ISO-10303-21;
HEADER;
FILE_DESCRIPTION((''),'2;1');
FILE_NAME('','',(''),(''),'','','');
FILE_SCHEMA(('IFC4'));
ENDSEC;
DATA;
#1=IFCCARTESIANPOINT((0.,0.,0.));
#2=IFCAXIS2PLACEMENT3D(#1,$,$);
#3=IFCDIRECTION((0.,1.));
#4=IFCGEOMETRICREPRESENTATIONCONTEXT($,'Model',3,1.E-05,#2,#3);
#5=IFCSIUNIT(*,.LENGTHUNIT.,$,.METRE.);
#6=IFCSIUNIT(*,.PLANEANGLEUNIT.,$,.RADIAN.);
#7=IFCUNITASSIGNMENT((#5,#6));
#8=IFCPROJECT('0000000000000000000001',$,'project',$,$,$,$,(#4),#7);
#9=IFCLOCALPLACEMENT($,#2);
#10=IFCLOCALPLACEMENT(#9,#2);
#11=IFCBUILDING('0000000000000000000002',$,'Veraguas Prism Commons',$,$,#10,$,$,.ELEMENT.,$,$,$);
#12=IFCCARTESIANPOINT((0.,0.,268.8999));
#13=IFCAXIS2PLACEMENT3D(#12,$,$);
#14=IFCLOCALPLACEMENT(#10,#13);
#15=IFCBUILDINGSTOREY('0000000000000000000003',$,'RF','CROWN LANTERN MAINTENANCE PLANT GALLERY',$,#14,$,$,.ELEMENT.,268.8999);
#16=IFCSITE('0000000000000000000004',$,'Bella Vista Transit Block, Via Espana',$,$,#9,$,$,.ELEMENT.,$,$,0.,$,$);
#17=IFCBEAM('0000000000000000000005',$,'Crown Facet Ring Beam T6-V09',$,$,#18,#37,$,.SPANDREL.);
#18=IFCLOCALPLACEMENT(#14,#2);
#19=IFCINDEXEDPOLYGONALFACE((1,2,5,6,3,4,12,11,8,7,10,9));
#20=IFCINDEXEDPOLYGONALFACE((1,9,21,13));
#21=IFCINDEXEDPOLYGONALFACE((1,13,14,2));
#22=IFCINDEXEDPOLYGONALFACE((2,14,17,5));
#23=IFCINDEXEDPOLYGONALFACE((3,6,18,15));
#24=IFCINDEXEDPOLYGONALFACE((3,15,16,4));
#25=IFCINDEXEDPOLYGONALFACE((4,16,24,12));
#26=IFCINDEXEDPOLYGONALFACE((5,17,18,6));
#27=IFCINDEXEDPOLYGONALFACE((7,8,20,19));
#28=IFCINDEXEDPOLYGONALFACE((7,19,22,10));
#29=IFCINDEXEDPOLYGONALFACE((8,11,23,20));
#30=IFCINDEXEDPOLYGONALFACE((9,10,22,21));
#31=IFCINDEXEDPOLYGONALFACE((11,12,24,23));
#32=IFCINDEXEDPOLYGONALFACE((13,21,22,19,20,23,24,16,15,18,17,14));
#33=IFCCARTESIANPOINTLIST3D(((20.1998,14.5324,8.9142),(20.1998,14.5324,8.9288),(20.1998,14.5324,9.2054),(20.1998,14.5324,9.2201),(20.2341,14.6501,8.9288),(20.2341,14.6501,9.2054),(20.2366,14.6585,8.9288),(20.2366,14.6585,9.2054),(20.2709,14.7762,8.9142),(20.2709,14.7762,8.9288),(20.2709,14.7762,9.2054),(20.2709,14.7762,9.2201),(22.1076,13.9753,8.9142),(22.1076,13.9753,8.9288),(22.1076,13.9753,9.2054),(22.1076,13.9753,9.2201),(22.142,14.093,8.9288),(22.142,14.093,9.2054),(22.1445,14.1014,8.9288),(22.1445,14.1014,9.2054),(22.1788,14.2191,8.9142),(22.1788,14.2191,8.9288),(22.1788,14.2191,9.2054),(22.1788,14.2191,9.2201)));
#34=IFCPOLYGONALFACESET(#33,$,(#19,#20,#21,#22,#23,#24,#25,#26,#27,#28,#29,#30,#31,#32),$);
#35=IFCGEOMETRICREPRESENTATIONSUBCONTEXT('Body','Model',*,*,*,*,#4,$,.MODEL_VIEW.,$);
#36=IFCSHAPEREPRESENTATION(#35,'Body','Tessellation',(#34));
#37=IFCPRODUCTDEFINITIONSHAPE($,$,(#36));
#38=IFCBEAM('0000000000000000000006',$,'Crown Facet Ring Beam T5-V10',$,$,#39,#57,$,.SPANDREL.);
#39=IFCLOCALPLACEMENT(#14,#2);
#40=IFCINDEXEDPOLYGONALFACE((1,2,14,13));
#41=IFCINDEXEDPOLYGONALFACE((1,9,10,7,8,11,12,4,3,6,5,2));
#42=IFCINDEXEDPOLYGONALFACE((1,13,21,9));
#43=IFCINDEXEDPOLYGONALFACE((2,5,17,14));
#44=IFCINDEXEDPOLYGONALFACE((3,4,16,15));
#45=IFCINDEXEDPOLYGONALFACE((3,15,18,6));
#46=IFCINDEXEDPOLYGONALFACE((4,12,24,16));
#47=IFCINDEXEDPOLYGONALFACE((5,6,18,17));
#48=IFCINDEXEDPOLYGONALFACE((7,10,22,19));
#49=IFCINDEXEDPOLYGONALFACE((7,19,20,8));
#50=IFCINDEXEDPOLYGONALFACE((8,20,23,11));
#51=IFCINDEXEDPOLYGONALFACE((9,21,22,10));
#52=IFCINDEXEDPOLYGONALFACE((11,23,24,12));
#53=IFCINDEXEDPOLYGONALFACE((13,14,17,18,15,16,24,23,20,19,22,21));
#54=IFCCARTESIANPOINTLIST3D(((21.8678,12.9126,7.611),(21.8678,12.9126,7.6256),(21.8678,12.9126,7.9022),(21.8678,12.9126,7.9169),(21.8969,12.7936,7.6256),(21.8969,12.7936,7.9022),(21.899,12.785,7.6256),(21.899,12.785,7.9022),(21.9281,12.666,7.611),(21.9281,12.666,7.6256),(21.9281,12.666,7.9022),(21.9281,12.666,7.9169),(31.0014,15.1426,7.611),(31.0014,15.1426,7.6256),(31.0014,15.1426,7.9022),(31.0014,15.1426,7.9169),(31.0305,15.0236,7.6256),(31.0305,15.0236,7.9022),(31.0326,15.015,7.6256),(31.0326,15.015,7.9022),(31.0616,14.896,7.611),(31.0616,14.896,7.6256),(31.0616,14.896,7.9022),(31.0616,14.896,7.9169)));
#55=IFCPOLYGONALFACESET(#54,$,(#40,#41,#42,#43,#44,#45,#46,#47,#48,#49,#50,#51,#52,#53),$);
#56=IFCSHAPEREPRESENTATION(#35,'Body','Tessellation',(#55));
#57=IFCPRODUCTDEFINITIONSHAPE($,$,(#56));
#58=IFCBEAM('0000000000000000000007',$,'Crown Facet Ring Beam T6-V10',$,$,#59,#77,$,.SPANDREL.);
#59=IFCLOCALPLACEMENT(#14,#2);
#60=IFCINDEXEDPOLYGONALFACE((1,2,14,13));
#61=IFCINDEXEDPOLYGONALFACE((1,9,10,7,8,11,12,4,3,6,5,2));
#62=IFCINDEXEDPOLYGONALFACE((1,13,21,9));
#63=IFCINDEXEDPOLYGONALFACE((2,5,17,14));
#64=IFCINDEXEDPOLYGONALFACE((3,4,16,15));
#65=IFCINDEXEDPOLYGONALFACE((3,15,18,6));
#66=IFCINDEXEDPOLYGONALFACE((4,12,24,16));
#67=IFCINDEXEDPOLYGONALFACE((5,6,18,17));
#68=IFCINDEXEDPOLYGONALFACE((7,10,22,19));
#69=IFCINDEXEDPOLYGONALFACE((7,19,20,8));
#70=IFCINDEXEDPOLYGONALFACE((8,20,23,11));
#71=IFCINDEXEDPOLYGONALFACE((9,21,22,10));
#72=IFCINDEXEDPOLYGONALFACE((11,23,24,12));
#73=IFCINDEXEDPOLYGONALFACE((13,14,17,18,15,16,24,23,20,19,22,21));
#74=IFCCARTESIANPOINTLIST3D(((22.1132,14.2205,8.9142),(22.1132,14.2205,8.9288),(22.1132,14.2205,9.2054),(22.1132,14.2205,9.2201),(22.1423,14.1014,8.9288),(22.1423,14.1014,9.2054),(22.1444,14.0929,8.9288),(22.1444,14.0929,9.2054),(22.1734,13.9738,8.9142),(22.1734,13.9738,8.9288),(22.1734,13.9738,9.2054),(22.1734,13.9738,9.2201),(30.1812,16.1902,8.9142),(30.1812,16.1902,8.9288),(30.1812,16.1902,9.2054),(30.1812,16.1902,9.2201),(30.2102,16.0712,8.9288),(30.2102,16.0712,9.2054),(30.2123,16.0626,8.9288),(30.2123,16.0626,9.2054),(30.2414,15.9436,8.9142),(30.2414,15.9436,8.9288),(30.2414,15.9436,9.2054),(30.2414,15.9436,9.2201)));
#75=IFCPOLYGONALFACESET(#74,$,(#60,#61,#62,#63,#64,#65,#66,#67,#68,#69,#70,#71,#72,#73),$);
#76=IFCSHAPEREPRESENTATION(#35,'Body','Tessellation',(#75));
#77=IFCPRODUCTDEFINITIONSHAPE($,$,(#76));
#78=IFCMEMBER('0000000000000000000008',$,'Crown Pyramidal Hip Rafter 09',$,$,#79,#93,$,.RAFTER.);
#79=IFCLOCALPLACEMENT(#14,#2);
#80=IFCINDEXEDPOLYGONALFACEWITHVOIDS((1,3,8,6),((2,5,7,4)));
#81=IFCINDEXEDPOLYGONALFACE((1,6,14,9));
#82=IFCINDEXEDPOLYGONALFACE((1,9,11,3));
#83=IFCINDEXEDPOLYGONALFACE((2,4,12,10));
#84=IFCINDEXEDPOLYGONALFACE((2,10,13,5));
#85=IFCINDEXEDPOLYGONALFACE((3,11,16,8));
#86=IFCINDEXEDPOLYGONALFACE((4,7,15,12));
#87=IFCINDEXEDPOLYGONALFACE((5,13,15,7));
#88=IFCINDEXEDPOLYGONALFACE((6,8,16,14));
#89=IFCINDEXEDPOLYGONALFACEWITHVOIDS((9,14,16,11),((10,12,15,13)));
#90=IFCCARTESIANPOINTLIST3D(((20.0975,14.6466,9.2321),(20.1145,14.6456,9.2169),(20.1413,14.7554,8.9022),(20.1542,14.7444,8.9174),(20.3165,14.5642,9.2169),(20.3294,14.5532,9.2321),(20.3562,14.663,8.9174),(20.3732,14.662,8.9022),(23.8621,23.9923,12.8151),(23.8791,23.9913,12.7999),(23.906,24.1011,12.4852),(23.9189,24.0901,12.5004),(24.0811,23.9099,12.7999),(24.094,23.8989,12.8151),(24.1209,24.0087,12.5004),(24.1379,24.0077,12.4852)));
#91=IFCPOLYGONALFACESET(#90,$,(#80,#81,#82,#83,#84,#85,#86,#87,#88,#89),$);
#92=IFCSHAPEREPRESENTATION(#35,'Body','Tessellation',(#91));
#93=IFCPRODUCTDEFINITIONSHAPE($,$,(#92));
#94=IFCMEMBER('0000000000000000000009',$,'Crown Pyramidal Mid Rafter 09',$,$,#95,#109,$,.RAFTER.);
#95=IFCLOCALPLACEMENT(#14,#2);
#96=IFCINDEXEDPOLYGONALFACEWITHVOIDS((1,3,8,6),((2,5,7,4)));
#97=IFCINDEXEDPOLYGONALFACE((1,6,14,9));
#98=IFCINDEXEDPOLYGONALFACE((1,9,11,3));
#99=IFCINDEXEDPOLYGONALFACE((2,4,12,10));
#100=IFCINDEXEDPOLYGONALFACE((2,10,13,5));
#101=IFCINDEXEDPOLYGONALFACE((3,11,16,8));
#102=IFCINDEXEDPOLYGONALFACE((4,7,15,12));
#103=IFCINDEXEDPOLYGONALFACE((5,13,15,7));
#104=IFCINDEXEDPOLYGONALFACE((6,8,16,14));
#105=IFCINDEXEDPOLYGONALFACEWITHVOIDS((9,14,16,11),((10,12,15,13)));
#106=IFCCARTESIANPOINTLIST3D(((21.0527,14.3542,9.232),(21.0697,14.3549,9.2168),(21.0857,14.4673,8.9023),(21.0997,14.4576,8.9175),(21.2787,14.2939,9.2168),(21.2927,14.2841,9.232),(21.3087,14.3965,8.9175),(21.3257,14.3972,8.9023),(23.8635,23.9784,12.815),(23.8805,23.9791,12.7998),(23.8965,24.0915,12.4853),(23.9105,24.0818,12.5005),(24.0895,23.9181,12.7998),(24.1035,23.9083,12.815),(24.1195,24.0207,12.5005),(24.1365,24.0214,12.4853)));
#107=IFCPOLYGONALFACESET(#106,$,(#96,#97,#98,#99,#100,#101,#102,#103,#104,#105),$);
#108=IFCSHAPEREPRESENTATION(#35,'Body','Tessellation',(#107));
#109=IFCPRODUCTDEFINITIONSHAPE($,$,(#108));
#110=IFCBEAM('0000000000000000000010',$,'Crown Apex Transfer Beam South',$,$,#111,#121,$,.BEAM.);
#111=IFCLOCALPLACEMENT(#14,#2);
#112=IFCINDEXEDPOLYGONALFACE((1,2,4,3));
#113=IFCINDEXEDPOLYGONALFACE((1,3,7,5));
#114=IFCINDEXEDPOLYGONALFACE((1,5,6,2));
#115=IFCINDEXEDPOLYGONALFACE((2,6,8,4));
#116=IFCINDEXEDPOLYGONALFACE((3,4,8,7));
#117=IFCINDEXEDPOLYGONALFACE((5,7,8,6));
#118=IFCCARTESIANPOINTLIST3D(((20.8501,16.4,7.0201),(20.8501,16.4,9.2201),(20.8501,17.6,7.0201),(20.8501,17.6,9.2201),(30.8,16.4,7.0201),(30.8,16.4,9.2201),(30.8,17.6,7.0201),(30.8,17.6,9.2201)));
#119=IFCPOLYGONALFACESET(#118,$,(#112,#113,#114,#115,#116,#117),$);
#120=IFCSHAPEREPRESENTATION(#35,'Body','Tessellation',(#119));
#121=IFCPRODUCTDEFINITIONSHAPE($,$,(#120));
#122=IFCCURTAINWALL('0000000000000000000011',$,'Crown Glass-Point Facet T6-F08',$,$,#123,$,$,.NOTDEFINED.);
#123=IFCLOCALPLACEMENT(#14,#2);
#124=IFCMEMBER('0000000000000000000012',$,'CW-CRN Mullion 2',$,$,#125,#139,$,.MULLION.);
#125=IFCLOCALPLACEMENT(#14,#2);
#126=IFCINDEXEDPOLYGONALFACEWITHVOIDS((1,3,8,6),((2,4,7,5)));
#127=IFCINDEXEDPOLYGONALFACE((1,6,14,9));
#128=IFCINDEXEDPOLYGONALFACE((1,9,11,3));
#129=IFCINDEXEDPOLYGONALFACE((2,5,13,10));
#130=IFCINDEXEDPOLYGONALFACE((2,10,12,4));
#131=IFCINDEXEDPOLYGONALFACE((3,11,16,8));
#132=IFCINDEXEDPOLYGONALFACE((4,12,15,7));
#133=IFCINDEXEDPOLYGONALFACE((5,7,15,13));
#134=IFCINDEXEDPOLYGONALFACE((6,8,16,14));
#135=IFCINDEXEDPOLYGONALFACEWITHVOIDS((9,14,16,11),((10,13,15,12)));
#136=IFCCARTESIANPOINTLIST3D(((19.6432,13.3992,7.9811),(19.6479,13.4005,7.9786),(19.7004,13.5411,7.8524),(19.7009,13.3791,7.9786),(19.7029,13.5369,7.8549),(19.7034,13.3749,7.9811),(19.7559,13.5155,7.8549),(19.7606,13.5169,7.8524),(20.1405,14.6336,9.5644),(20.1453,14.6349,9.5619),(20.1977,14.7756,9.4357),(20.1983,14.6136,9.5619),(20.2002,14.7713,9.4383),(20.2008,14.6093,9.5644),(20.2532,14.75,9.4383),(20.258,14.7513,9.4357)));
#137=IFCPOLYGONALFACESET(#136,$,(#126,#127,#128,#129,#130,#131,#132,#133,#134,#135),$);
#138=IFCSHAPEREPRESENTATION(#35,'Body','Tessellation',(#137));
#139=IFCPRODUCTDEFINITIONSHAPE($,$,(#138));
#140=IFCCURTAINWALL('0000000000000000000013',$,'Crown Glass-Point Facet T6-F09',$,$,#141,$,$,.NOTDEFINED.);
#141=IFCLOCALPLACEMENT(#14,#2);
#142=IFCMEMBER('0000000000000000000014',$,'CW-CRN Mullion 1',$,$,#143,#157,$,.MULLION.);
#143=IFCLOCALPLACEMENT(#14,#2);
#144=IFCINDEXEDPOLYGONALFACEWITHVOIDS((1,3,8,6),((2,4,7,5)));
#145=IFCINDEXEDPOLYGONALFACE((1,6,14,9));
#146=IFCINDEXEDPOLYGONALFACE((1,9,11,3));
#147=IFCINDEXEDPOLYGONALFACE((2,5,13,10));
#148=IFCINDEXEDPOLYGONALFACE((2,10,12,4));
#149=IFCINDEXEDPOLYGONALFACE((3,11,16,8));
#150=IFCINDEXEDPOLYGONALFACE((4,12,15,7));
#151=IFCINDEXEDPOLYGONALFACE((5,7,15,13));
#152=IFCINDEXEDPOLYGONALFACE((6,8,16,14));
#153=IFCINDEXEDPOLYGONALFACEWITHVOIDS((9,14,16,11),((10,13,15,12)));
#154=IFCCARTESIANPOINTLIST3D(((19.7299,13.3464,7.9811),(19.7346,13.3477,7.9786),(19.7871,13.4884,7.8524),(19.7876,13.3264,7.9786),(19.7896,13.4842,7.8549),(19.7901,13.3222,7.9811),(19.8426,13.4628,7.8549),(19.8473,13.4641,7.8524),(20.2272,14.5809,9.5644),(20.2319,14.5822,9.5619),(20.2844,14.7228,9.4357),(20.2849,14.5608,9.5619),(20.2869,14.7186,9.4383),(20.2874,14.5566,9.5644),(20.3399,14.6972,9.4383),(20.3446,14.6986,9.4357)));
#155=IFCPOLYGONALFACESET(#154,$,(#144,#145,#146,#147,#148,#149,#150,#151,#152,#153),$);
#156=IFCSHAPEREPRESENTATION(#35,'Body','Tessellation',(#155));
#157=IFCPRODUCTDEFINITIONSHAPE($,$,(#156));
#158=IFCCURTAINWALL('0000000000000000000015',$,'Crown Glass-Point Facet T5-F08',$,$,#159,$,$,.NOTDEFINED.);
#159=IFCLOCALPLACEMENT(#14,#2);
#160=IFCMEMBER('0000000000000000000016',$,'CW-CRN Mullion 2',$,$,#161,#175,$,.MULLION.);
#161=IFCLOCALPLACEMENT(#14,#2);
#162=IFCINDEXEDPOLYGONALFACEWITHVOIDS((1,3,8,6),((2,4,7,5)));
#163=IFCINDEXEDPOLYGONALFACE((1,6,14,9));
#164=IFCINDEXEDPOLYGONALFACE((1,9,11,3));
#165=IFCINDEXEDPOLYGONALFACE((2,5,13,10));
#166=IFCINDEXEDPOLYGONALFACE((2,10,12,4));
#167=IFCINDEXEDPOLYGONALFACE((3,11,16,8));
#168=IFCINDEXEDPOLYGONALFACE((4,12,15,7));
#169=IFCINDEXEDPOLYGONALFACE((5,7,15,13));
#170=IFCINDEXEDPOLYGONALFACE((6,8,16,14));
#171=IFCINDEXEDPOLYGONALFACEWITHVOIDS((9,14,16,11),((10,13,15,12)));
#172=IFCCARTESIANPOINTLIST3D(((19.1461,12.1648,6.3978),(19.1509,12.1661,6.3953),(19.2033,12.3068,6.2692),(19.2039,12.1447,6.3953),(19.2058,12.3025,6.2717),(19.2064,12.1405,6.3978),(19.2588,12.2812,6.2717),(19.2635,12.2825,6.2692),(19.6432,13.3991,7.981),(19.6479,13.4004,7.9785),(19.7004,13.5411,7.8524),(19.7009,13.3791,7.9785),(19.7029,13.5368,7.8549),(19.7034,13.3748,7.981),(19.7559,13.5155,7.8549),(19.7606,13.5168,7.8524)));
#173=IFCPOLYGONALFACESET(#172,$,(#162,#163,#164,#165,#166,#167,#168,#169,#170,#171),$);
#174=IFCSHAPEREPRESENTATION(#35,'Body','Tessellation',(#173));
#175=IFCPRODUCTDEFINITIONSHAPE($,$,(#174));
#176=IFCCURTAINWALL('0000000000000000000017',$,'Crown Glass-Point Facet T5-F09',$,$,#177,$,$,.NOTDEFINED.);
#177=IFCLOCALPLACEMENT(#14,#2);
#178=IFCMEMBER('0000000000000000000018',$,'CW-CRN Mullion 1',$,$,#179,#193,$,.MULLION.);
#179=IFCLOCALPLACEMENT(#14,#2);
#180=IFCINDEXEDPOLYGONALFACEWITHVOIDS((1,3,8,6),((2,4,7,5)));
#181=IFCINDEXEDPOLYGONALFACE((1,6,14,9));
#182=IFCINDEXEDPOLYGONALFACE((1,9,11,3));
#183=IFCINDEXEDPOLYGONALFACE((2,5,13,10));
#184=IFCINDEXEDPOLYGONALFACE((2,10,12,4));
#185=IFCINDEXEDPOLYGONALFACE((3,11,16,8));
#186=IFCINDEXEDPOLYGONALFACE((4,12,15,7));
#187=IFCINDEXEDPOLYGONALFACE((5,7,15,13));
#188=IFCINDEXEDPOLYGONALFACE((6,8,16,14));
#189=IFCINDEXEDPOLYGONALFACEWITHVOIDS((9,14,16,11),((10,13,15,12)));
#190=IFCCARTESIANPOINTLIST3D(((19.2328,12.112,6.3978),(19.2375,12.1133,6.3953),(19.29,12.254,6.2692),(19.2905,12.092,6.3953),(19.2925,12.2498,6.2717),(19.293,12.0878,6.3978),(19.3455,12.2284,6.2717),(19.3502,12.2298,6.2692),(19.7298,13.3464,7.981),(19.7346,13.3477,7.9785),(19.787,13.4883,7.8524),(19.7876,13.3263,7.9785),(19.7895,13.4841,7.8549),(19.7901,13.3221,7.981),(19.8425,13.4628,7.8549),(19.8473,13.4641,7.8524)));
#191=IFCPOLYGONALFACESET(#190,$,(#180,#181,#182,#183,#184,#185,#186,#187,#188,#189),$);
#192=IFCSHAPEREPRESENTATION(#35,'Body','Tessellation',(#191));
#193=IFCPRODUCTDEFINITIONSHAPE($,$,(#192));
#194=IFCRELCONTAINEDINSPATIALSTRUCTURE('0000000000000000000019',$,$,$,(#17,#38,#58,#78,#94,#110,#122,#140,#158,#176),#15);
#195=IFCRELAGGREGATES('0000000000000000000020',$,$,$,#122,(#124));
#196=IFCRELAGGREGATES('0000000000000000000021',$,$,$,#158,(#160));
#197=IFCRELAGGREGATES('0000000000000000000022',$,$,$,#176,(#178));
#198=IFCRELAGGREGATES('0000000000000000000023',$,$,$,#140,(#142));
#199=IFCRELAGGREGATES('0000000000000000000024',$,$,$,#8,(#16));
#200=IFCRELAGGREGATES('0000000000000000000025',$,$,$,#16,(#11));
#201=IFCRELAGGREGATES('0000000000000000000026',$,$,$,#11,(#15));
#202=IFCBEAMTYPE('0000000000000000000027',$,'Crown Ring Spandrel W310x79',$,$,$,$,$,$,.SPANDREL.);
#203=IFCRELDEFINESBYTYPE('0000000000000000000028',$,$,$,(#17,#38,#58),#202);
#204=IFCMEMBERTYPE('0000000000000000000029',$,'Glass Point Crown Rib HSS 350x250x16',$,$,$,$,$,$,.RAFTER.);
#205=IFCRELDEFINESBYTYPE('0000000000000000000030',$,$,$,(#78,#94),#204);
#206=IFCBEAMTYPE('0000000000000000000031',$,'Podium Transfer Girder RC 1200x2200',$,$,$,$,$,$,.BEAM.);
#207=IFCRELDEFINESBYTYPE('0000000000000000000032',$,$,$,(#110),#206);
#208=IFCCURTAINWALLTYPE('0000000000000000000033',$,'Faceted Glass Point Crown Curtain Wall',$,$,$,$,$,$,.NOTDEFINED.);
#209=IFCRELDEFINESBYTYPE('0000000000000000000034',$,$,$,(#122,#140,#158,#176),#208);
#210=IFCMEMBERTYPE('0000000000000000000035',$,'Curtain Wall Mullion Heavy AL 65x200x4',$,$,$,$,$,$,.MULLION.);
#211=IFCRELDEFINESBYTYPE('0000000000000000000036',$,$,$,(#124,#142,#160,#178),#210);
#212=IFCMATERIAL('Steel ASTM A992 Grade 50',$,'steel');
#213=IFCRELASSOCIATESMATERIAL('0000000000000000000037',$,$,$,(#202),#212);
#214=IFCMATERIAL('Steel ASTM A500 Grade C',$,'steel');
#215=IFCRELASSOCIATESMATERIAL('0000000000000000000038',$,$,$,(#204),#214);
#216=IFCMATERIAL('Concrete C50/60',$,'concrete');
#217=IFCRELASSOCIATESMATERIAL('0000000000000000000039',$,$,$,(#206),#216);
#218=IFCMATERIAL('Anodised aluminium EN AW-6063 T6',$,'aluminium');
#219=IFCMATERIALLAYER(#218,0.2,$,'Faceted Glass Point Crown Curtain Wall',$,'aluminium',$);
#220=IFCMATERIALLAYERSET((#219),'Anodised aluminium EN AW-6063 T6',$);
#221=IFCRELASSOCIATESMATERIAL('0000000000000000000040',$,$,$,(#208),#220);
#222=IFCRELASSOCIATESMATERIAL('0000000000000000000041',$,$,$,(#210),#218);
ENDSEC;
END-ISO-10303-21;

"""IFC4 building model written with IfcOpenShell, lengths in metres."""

from ifc_helpers import new_model, si_unit, direction, frame, origin, origin_2d, place, context, subcontext, project, spatial, rectangle, hollow_rectangle, i_section, extrude, source, transform, mapped, material, layer, layer_set, material_profile, profile_set, type_object, element, aggregate, save


model = new_model("IFC4")

# Units and contexts
model_context = context("Model", 3, precision=1e-05, world=origin(), true_north=direction((0.0, 1.0)))
body_context = subcontext(model_context, "Body", "Model", "MODEL_VIEW")
ifc_project = project(units=[si_unit("LENGTHUNIT", "METRE"), si_unit("PLANEANGLEUNIT", "RADIAN")], contexts=[model_context])

# Site, building, storey
site_placement = place(None, origin())
site = spatial("IfcSite", under=ifc_project, at=site_placement, Name="Bella Vista Transit Block, Via Espana", CompositionType="ELEMENT", RefElevation=0.0)
building_placement = place(site_placement, origin())
building = spatial("IfcBuilding", under=site, at=building_placement, Name="Veraguas Prism Commons", CompositionType="ELEMENT")
storey_placement = place(building_placement, frame((0.0, 0.0, 268.8999)))
storey = spatial("IfcBuildingStorey", under=building, at=storey_placement, Name="RF", Description="CROWN LANTERN MAINTENANCE PLANT GALLERY", CompositionType="ELEMENT", Elevation=268.8999)

# Shared definitions
ifc_material_1 = material(Name="Steel ASTM A992 Grade 50", Category="steel")

# Shared definitions
ifc_material_2 = material(Name="Steel ASTM A500 Grade C", Category="steel")

# Beams
ifc_material_profile_1 = material_profile(ifc_material_1, i_section(OverallWidth=0.2539, OverallDepth=0.3059, WebThickness=0.0088, FlangeThickness=0.0146, at=origin_2d()), Name="W310X79")
ifc_profile_set_1 = profile_set([ifc_material_profile_1], Name="Steel ASTM A992 Grade 50")
beam_type_1 = type_object("IfcBeamType", Name="Crown Ring Spandrel W310x79", PredefinedType="SPANDREL", material=ifc_profile_set_1)
beam_1_placement = place(storey_placement, frame((20.2354, 14.6543, 9.0671), z_axis=(0.959913, -0.280297, 0.0), x_axis=(0.280297, 0.959913, 0.0)))
element("IfcBeam", 1, at=beam_1_placement, inside=storey, type_object=beam_type_1, Name="Crown Facet Ring Beam T6-V09", PredefinedType="SPANDREL", context=body_context, shape_type="SweptSolid", body=[
    extrude(i_section(OverallWidth=0.2539, OverallDepth=0.3059, WebThickness=0.0088, FlangeThickness=0.0146, at=origin_2d()), origin(), (0.0, 0.0, 1.0), 1.9875),
])
beam_2_placement = place(storey_placement, frame((21.8979, 12.7893, 7.7639), z_axis=(0.971464, 0.237186, 0.0), x_axis=(-0.237186, 0.971464, 0.0)))
element("IfcBeam", 2, at=beam_2_placement, inside=storey, type_object=beam_type_1, Name="Crown Facet Ring Beam T5-V10", PredefinedType="SPANDREL", context=body_context, shape_type="SweptSolid", body=[
    extrude(i_section(OverallWidth=0.2539, OverallDepth=0.3059, WebThickness=0.0088, FlangeThickness=0.0146, at=origin_2d()), origin(), (0.0, 0.0, 1.0), 9.4019),
])
beam_3_placement = place(storey_placement, frame((22.1433, 14.0972, 9.0671), z_axis=(0.971466, 0.237178, 0.0), x_axis=(-0.237178, 0.971466, 0.0)))
element("IfcBeam", 3, at=beam_3_placement, inside=storey, type_object=beam_type_1, Name="Crown Facet Ring Beam T6-V10", PredefinedType="SPANDREL", context=body_context, shape_type="SweptSolid", body=[
    extrude(i_section(OverallWidth=0.2539, OverallDepth=0.3059, WebThickness=0.0088, FlangeThickness=0.0146, at=origin_2d()), origin(), (0.0, 0.0, 1.0), 8.3049),
])

# Members
ifc_material_profile_2 = material_profile(ifc_material_2, hollow_rectangle(XDim=0.25, YDim=0.3501, WallThickness=0.0161, at=origin_2d()), Name="HSS350X250X16")
ifc_profile_set_2 = profile_set([ifc_material_profile_2], Name="Steel ASTM A500 Grade C")
member_type_1 = type_object("IfcMemberType", Name="Glass Point Crown Rib HSS 350x250x16", PredefinedType="RAFTER", material=ifc_profile_set_2)
member_1_placement = place(storey_placement, frame((20.2354, 14.6543, 9.0671), z_axis=(0.352047, 0.873954, 0.335062), x_axis=(-0.927572, 0.373646, 0.0)))
element("IfcMember", 4, at=member_1_placement, inside=storey, type_object=member_type_1, Name="Crown Pyramidal Hip Rafter 09", PredefinedType="RAFTER", context=body_context, shape_type="SweptSolid", body=[
    extrude(hollow_rectangle(XDim=0.25, YDim=0.3501, WallThickness=0.0161, at=origin_2d()), origin(), (0.0, 0.0, 1.0), 10.6936),
])
member_2_placement = place(storey_placement, frame((21.1892, 14.3757, 9.0671), z_axis=(0.263991, 0.903916, 0.336518), x_axis=(-0.9599, 0.280341, 0.0)))
element("IfcMember", 5, at=member_2_placement, inside=storey, type_object=member_type_1, Name="Crown Pyramidal Mid Rafter 09", PredefinedType="RAFTER", context=body_context, shape_type="SweptSolid", body=[
    extrude(hollow_rectangle(XDim=0.25, YDim=0.3501, WallThickness=0.0161, at=origin_2d()), origin(), (0.0, 0.0, 1.0), 10.6472),
])

# Beam
ifc_material_3 = material(Name="Concrete C50/60", Category="concrete")
ifc_material_profile_3 = material_profile(ifc_material_3, rectangle(XDim=1.2, YDim=2.2, at=origin_2d()), Name="RC1200X2200")
ifc_profile_set_3 = profile_set([ifc_material_profile_3], Name="Concrete C50/60")
beam_type_2 = type_object("IfcBeamType", Name="Podium Transfer Girder RC 1200x2200", PredefinedType="BEAM", material=ifc_profile_set_3)
beam_4_placement = place(storey_placement, frame((20.8501, 17.0, 8.1201), z_axis=(1.0, 0.0, 0.0), x_axis=(0.0, 1.0, 0.0)))
element("IfcBeam", 6, at=beam_4_placement, inside=storey, type_object=beam_type_2, Name="Crown Apex Transfer Beam South", PredefinedType="BEAM", context=body_context, shape_type="SweptSolid", body=[
    extrude(rectangle(XDim=1.2, YDim=2.2, at=origin_2d()), origin(), (0.0, 0.0, 1.0), 9.95),
])

# Curtain walls, members
ifc_material_4 = material(Name="Anodised aluminium EN AW-6063 T6", Category="aluminium")
ifc_layer_1 = layer(ifc_material_4, 0.2, Name="Faceted Glass Point Crown Curtain Wall", Category="aluminium")
ifc_layer_set_1 = layer_set([ifc_layer_1], Name="Anodised aluminium EN AW-6063 T6")
curtain_wall_type = type_object("IfcCurtainWallType", Name="Faceted Glass Point Crown Curtain Wall", PredefinedType="NOTDEFINED", material=ifc_layer_set_1)
curtain_wall_1_placement = place(storey_placement, origin())
curtain_wall_1 = element("IfcCurtainWall", 7, at=curtain_wall_1_placement, inside=storey, type_object=curtain_wall_type, Name="Crown Glass-Point Facet T6-F08", PredefinedType="NOTDEFINED")
ifc_material_profile_4 = material_profile(ifc_material_4, hollow_rectangle(XDim=0.0649, YDim=0.2, WallThickness=0.0039, at=origin_2d()), Name="AL65X200X4")
ifc_profile_set_4 = profile_set([ifc_material_profile_4], Name="Anodised aluminium EN AW-6063 T6")
member_type_2 = type_object("IfcMemberType", Name="Curtain Wall Mullion Heavy AL 65x200x4", PredefinedType="MULLION", material=ifc_profile_set_4)
shared_shape_1 = source(origin(), body_context, "Body", "SweptSolid", [
    extrude(hollow_rectangle(XDim=0.0649, YDim=0.2, WallThickness=0.0039, at=origin_2d()), origin(), (0.0, 0.0, 1.0), 2.0684),
])
member_3_placement = place(storey_placement, frame((19.7019, 13.458, 7.9167), z_axis=(0.240451, 0.596819, 0.7655), x_axis=(-0.92755, 0.373699, 0.0)))
member_3 = element("IfcMember", 8, at=member_3_placement, type_object=member_type_2, Name="CW-CRN Mullion 2", PredefinedType="MULLION", context=body_context, shape_type="MappedRepresentation", body=[
    mapped(shared_shape_1, transform((0.0, 0.0, 0.0), scale=1.0)),
])
aggregate(curtain_wall_1, [member_3])
curtain_wall_2_placement = place(storey_placement, origin())
curtain_wall_2 = element("IfcCurtainWall", 9, at=curtain_wall_2_placement, inside=storey, type_object=curtain_wall_type, Name="Crown Glass-Point Facet T6-F09", PredefinedType="NOTDEFINED")
member_4_placement = place(storey_placement, frame((19.7886, 13.4053, 7.9167), z_axis=(0.240451, 0.596819, 0.7655), x_axis=(-0.92755, 0.373699, 0.0)))
member_4 = element("IfcMember", 10, at=member_4_placement, type_object=member_type_2, Name="CW-CRN Mullion 1", PredefinedType="MULLION", context=body_context, shape_type="MappedRepresentation", body=[
    mapped(shared_shape_1, transform((0.0, 0.0, 0.0), scale=1.0)),
])
curtain_wall_3_placement = place(storey_placement, origin())
curtain_wall_3 = element("IfcCurtainWall", 11, at=curtain_wall_3_placement, inside=storey, type_object=curtain_wall_type, Name="Crown Glass-Point Facet T5-F08", PredefinedType="NOTDEFINED")
shared_shape_2 = source(origin(), body_context, "Body", "SweptSolid", [
    extrude(hollow_rectangle(XDim=0.0649, YDim=0.2, WallThickness=0.0039, at=origin_2d()), origin(), (0.0, 0.0, 1.0), 2.0681),
])
member_5_placement = place(storey_placement, frame((19.2048, 12.2236, 6.3335), z_axis=(0.24034, 0.596836, 0.765522), x_axis=(-0.927614, 0.373541, 0.0)))
member_5 = element("IfcMember", 12, at=member_5_placement, type_object=member_type_2, Name="CW-CRN Mullion 2", PredefinedType="MULLION", context=body_context, shape_type="MappedRepresentation", body=[
    mapped(shared_shape_2, transform((0.0, 0.0, 0.0), scale=1.0)),
])
aggregate(curtain_wall_3, [member_5])
curtain_wall_4_placement = place(storey_placement, origin())
curtain_wall_4 = element("IfcCurtainWall", 13, at=curtain_wall_4_placement, inside=storey, type_object=curtain_wall_type, Name="Crown Glass-Point Facet T5-F09", PredefinedType="NOTDEFINED")
member_6_placement = place(storey_placement, frame((19.2915, 12.1709, 6.3335), z_axis=(0.24034, 0.596836, 0.765522), x_axis=(-0.927614, 0.373541, 0.0)))
member_6 = element("IfcMember", 14, at=member_6_placement, type_object=member_type_2, Name="CW-CRN Mullion 1", PredefinedType="MULLION", context=body_context, shape_type="MappedRepresentation", body=[
    mapped(shared_shape_2, transform((0.0, 0.0, 0.0), scale=1.0)),
])

aggregate(curtain_wall_4, [member_6])
aggregate(curtain_wall_2, [member_4])

save(model, "model.ifc")
